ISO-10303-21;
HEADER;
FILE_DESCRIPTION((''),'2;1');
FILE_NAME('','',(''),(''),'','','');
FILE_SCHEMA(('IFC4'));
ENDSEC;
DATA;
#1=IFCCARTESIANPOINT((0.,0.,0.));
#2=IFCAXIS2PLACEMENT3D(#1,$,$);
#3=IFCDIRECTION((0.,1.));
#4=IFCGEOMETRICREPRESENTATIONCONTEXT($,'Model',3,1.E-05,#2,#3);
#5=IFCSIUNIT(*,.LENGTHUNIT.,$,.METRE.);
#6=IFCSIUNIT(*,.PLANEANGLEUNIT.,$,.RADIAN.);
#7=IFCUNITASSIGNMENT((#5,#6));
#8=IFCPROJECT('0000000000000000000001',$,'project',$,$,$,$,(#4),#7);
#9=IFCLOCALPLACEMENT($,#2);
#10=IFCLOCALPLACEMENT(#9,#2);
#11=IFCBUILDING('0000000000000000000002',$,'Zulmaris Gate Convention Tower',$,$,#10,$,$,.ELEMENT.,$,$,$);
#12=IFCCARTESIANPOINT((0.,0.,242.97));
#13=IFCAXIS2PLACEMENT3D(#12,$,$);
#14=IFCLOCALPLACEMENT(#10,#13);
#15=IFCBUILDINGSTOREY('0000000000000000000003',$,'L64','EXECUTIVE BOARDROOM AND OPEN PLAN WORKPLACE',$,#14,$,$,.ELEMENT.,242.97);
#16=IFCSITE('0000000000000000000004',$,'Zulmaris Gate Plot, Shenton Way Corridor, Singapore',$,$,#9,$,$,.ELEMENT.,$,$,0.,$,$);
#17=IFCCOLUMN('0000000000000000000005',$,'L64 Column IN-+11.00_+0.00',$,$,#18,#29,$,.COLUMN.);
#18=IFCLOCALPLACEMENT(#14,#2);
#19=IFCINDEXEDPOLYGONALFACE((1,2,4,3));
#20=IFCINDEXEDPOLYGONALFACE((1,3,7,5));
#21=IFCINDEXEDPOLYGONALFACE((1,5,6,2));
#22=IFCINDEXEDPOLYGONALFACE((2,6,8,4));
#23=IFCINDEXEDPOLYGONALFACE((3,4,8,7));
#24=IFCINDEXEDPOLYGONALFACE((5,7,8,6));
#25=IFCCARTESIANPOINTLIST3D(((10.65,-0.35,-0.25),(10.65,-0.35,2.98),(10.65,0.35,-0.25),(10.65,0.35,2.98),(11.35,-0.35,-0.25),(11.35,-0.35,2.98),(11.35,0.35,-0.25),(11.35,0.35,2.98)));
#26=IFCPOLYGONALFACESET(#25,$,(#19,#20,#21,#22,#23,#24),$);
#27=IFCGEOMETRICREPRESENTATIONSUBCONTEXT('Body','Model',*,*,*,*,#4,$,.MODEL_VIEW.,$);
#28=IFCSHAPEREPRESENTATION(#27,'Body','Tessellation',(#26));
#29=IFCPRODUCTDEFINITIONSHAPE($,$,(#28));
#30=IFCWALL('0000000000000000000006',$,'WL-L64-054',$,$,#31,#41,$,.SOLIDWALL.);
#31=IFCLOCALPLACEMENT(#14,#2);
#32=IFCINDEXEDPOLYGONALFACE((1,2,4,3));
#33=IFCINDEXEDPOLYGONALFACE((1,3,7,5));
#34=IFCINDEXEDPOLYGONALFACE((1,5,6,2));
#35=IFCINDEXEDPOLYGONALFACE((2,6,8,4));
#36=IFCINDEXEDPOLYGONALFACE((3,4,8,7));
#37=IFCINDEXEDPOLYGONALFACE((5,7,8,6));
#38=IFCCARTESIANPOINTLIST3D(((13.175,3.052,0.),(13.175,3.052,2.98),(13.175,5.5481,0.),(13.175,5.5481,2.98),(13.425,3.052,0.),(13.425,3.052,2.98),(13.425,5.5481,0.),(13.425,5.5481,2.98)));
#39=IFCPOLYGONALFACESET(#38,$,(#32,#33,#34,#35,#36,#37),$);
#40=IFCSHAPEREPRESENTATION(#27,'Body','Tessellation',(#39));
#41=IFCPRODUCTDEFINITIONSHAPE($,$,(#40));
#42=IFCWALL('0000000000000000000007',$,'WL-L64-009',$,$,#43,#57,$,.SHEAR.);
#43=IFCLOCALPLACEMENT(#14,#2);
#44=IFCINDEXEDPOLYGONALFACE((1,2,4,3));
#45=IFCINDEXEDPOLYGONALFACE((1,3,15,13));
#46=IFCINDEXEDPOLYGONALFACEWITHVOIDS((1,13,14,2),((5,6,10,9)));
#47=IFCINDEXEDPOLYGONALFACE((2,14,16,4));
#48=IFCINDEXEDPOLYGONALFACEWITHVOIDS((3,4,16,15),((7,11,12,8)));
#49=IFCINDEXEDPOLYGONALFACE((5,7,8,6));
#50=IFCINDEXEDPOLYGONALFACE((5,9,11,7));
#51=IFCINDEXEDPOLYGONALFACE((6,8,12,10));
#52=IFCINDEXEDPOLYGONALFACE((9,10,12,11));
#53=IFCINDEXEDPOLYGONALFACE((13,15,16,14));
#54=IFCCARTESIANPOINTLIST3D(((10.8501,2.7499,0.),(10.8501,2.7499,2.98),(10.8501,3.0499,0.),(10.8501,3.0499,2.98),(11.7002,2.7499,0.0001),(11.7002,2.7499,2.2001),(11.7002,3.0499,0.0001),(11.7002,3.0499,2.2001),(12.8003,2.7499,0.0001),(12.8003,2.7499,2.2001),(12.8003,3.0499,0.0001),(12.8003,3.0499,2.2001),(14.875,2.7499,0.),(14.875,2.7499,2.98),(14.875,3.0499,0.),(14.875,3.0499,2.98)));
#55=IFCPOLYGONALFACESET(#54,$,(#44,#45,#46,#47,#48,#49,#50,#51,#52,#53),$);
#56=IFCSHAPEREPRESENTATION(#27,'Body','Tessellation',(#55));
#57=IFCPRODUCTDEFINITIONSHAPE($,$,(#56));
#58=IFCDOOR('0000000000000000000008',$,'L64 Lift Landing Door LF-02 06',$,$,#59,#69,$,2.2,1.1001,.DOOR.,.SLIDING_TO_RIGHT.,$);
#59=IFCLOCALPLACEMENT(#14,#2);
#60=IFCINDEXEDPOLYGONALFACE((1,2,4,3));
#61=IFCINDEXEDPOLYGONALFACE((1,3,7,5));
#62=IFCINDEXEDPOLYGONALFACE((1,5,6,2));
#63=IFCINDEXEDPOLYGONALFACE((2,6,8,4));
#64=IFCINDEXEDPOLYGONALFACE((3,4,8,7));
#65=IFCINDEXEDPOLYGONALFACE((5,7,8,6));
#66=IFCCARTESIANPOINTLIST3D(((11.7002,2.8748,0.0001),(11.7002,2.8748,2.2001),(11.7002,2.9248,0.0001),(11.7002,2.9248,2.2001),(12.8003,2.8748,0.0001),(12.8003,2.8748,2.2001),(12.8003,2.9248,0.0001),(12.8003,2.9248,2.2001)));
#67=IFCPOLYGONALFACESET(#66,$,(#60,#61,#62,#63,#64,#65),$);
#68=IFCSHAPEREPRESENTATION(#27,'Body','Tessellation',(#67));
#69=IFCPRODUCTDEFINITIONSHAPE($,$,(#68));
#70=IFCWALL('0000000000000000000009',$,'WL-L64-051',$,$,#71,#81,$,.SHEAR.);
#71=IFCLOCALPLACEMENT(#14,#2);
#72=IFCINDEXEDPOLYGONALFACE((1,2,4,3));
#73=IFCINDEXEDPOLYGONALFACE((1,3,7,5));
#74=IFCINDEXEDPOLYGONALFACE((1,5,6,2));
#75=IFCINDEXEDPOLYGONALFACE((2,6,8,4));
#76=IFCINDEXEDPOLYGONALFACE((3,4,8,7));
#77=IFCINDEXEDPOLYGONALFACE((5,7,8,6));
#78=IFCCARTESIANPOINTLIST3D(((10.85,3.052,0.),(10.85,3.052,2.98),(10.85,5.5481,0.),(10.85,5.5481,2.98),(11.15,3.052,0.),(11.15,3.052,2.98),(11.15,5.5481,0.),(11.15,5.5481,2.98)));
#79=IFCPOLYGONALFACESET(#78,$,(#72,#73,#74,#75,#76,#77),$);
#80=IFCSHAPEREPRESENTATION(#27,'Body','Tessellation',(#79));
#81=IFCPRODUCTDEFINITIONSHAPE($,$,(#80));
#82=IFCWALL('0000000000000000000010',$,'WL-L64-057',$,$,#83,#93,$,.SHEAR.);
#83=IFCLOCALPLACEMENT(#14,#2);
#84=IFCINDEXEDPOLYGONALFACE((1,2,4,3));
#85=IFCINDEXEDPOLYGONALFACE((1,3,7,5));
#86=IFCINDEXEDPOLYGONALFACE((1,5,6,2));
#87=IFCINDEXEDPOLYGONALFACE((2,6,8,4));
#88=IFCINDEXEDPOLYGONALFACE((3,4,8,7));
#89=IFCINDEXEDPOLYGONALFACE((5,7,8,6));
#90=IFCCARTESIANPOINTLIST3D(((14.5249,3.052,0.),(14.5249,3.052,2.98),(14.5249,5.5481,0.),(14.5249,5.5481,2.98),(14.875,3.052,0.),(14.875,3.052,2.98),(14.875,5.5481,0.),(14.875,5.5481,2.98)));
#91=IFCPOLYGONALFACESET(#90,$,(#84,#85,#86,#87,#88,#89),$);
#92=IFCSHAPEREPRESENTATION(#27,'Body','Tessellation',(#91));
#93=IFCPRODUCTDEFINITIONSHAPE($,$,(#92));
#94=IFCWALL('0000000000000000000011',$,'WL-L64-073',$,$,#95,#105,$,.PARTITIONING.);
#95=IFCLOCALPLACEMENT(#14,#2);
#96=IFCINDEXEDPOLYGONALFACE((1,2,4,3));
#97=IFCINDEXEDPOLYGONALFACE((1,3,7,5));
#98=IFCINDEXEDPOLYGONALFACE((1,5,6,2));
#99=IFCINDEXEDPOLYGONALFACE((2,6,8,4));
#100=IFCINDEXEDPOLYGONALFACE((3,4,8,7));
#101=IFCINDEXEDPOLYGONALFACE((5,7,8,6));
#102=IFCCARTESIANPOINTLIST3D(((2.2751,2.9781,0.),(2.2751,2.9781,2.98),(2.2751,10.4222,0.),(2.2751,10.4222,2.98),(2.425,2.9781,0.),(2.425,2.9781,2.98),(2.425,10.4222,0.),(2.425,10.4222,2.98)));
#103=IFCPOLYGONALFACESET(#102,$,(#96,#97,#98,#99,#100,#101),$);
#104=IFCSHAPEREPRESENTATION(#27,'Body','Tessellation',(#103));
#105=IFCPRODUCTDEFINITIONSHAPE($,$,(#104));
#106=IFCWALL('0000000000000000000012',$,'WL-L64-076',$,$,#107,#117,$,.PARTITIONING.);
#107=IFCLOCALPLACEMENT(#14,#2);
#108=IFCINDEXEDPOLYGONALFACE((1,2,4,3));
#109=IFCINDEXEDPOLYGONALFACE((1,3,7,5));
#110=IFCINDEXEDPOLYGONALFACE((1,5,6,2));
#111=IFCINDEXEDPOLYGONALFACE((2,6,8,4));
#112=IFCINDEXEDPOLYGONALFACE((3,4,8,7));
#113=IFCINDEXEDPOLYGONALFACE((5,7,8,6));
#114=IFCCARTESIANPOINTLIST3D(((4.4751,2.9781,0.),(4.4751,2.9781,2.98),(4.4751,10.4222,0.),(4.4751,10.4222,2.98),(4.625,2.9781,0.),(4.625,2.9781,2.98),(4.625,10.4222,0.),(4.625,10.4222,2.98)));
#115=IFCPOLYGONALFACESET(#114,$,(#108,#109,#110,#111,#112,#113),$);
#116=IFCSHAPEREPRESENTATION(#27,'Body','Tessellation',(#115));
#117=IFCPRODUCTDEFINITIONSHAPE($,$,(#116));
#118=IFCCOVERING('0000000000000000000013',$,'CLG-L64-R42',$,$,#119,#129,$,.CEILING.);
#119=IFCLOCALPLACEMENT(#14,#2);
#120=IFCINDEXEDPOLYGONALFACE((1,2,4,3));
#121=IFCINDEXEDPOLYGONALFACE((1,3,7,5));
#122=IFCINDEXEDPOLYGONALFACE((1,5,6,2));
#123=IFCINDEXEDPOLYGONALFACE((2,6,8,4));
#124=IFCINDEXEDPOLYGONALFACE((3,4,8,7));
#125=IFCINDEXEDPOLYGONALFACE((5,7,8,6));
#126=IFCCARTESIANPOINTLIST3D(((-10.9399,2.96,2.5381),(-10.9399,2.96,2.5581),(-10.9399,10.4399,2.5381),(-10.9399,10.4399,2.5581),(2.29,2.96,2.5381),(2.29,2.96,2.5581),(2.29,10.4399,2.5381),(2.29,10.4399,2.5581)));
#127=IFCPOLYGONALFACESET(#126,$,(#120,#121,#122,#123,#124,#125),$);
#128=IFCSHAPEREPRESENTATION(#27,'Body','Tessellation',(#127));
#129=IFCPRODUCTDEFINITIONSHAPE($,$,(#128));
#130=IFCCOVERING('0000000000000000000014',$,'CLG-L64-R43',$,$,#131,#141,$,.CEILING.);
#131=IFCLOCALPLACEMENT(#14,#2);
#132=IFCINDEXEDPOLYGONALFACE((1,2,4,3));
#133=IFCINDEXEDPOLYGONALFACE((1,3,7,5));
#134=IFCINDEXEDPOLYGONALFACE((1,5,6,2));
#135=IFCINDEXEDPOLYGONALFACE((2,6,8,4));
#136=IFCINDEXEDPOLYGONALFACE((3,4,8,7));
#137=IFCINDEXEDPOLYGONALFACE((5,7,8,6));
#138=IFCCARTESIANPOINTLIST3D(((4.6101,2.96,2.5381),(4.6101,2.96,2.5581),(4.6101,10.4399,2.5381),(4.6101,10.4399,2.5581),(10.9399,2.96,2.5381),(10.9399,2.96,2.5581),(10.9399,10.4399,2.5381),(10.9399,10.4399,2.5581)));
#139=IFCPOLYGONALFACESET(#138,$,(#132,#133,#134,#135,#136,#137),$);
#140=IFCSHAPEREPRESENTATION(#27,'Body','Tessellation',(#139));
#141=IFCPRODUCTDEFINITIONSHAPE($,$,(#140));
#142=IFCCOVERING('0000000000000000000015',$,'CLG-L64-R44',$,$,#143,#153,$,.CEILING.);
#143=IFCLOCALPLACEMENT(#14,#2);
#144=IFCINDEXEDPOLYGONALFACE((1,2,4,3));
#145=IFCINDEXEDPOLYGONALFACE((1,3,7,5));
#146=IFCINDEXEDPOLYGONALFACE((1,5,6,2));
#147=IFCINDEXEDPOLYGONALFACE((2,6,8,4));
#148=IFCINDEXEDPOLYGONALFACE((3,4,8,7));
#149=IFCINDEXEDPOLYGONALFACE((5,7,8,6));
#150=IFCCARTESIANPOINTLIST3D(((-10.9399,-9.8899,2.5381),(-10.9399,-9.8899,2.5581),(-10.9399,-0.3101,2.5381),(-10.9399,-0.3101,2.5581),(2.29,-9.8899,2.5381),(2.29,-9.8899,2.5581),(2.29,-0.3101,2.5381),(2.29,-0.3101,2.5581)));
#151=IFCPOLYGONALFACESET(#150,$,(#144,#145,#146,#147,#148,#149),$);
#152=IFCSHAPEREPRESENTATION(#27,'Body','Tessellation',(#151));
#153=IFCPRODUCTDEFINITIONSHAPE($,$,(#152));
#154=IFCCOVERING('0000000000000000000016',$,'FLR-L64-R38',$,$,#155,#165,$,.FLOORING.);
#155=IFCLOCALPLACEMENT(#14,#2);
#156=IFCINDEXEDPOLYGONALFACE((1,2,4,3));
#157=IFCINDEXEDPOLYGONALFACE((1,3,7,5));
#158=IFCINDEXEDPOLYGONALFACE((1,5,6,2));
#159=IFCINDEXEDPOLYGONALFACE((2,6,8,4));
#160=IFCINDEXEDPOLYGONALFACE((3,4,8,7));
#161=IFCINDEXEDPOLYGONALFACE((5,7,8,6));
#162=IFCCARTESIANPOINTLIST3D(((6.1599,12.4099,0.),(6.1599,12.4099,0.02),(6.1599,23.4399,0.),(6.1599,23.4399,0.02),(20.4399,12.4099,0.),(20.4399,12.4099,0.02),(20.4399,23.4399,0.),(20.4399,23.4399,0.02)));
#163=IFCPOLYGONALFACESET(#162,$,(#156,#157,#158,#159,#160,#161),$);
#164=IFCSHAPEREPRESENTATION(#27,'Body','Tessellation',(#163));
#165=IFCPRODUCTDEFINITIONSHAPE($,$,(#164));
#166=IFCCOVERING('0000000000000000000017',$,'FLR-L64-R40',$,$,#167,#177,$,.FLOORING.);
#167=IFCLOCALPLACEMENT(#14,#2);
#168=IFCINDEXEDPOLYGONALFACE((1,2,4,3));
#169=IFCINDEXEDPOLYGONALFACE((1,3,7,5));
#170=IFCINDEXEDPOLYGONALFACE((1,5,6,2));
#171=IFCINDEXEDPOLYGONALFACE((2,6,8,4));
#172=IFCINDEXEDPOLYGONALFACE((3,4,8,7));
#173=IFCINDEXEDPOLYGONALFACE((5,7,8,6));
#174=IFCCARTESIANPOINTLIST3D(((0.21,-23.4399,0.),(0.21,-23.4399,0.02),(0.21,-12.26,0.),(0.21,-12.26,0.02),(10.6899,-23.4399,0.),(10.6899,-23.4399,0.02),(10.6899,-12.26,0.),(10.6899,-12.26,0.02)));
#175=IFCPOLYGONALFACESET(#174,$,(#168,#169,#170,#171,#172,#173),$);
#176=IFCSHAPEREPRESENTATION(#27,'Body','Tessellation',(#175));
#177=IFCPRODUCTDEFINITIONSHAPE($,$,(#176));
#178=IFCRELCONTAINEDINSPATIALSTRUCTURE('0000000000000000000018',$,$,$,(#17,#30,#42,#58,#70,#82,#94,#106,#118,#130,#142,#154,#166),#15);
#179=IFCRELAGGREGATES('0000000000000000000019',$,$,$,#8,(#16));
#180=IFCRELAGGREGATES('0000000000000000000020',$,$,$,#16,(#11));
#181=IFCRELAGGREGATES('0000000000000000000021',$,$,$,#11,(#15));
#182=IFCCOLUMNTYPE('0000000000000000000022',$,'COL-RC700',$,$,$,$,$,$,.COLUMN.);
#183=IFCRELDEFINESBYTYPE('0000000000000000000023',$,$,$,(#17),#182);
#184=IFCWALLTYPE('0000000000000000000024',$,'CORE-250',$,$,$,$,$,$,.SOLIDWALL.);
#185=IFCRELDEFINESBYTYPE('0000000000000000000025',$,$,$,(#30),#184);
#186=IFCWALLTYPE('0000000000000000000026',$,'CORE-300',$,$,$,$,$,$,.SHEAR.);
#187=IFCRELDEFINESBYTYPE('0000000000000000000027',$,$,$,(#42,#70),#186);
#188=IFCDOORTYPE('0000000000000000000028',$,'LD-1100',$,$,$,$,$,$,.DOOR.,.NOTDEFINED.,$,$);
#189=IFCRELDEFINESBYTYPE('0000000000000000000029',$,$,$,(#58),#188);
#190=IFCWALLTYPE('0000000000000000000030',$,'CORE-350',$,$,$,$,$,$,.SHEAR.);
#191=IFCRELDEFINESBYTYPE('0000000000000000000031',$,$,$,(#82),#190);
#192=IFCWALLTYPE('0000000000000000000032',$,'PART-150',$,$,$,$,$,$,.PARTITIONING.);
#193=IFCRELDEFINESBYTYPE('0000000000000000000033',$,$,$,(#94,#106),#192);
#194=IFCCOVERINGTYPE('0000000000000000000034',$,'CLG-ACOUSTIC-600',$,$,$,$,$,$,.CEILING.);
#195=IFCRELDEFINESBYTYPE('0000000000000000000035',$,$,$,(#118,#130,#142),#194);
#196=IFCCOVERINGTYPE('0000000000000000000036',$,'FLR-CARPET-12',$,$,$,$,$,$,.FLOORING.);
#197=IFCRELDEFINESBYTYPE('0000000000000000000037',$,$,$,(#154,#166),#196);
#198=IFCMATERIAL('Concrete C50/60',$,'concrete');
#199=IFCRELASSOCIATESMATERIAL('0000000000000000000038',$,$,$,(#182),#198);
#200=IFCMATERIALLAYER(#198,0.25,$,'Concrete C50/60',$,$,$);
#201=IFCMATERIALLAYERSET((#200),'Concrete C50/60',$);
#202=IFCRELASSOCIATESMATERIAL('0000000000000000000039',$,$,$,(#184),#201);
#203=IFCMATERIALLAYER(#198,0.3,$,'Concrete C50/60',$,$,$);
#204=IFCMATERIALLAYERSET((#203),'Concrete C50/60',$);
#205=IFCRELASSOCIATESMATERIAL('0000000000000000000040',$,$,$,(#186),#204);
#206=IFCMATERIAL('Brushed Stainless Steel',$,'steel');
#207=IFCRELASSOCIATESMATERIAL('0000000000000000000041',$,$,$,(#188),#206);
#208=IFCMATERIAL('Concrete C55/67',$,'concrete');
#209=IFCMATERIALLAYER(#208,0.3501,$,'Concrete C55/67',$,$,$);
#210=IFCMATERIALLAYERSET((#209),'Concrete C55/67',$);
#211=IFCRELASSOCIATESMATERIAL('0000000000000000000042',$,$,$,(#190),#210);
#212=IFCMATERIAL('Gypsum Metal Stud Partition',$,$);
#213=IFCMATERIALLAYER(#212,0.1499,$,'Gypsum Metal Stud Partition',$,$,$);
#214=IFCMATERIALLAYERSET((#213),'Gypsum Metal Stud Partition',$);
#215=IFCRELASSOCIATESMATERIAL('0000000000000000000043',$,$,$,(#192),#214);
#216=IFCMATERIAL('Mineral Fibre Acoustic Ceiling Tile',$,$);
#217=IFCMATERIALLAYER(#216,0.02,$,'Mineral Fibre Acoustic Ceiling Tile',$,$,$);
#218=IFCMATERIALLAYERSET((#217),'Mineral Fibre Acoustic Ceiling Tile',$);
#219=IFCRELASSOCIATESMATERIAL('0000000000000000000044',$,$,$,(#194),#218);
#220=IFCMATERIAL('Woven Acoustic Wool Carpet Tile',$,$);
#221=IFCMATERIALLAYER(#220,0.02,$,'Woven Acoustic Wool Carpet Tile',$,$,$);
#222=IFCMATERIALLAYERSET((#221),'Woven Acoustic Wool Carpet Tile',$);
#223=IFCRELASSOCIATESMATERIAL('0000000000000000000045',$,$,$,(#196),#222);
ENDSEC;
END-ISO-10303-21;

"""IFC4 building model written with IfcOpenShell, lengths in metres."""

from ifc_helpers import new_model, si_unit, direction, frame, frame_2d, origin, origin_2d, place, context, subcontext, project, spatial, polyline, rectangle, outline, extrude, material, layer, layer_set, material_profile, profile_set, type_object, element, fill, save


model = new_model("IFC4")

# Units and contexts
model_context = context("Model", 3, precision=1e-05, world=origin(), true_north=direction((0.0, 1.0)))
body_context = subcontext(model_context, "Body", "Model", "MODEL_VIEW")
ifc_project = project(units=[si_unit("LENGTHUNIT", "METRE"), si_unit("PLANEANGLEUNIT", "RADIAN")], contexts=[model_context])

# Site, building, storey
site_placement = place(None, origin())
site = spatial("IfcSite", under=ifc_project, at=site_placement, Name="Zulmaris Gate Plot, Shenton Way Corridor, Singapore", CompositionType="ELEMENT", RefElevation=0.0)
building_placement = place(site_placement, origin())
building = spatial("IfcBuilding", under=site, at=building_placement, Name="Zulmaris Gate Convention Tower", CompositionType="ELEMENT")
storey_placement = place(building_placement, frame((0.0, 0.0, 242.97)))
storey = spatial("IfcBuildingStorey", under=building, at=storey_placement, Name="L64", Description="EXECUTIVE BOARDROOM AND OPEN PLAN WORKPLACE", CompositionType="ELEMENT", Elevation=242.97)

# Column
ifc_material_1 = material(Name="Concrete C50/60", Category="concrete")
ifc_material_profile = material_profile(ifc_material_1, rectangle(XDim=0.7, YDim=0.7, at=origin_2d()), Name="RC COL 700x700")
ifc_profile_set = profile_set([ifc_material_profile], Name="Concrete C50/60")
column_type = type_object("IfcColumnType", Name="COL-RC700", PredefinedType="COLUMN", material=ifc_profile_set)
column_placement = place(storey_placement, frame((11.0, 0.0, -0.25), z_axis=(0.0, 0.0, 1.0), x_axis=(1.0, 0.0, 0.0)))
element("IfcColumn", 1, at=column_placement, inside=storey, type_object=column_type, Name="L64 Column IN-+11.00_+0.00", PredefinedType="COLUMN", context=body_context, shape_type="SweptSolid", body=[
    extrude(rectangle(XDim=0.7, YDim=0.7, at=origin_2d()), origin(), (0.0, 0.0, 1.0), 3.23),
])

# Wall
ifc_layer_1 = layer(ifc_material_1, 0.25, Name="Concrete C50/60")
ifc_layer_set_1 = layer_set([ifc_layer_1], Name="Concrete C50/60")
wall_type_1 = type_object("IfcWallType", Name="CORE-250", PredefinedType="SOLIDWALL", material=ifc_layer_set_1)
wall_1_placement = place(storey_placement, frame((13.3, 3.052, 0.0), z_axis=(0.0, 0.0, 1.0), x_axis=(0.0, 1.0, 0.0)))
element("IfcWall", 2, at=wall_1_placement, inside=storey, type_object=wall_type_1, Name="WL-L64-054", PredefinedType="SOLIDWALL", context=body_context, shape_type="SweptSolid", body=[
    extrude(rectangle(XDim=2.4961, YDim=0.25, at=frame_2d((1.248, 0.0))), origin(), (0.0, 0.0, 1.0), 2.98),
])

# Wall, opening, door
ifc_layer_2 = layer(ifc_material_1, 0.3, Name="Concrete C50/60")
ifc_layer_set_2 = layer_set([ifc_layer_2], Name="Concrete C50/60")
wall_type_2 = type_object("IfcWallType", Name="CORE-300", PredefinedType="SHEAR", material=ifc_layer_set_2)
wall_2_placement = place(storey_placement, frame((10.8501, 2.8999, 0.0), z_axis=(0.0, 0.0, 1.0), x_axis=(1.0, 0.0, 0.0)))
wall_2 = element("IfcWall", 3, at=wall_2_placement, inside=storey, type_object=wall_type_2, Name="WL-L64-009", PredefinedType="SHEAR", context=body_context, shape_type="SweptSolid", body=[
    extrude(rectangle(XDim=4.0249, YDim=0.3, at=frame_2d((2.0125, 0.0))), origin(), (0.0, 0.0, 1.0), 2.98),
])
opening_1_placement = place(wall_2_placement, frame((0.8501, 0.0, 0.0)))
opening_1 = element("IfcOpeningElement", 4, at=opening_1_placement, cuts=wall_2, PredefinedType="OPENING", context=body_context, shape_type="SweptSolid", body=[
    extrude(rectangle(XDim=1.1001, YDim=2.2, at=frame_2d((0.55, 1.1001))), frame((0.0, 0.1602, 0.0), z_axis=(0.0, -1.0, 0.0), x_axis=(1.0, 0.0, 0.0)), (0.0, 0.0, 1.0), 0.3201),
])
ifc_material_2 = material(Name="Brushed Stainless Steel", Category="steel")
door_type_1 = type_object("IfcDoorType", Name="LD-1100", OperationType="NOTDEFINED", PredefinedType="DOOR", material=ifc_material_2)
door_1_placement = place(opening_1_placement, origin())
door_1 = element("IfcDoor", 5, at=door_1_placement, inside=storey, type_object=door_type_1, Name="L64 Lift Landing Door LF-02 06", OperationType="SLIDING_TO_RIGHT", OverallHeight=2.2, OverallWidth=1.1001, PredefinedType="DOOR", context=body_context, shape_type="SweptSolid", body=[
    extrude(rectangle(XDim=1.1001, YDim=2.2, at=frame_2d((0.55, 1.1001))), frame((0.0, 0.0249, 0.0), z_axis=(0.0, -1.0, 0.0), x_axis=(1.0, 0.0, 0.0)), (0.0, 0.0, 1.0), 0.05),
])
fill(opening_1, door_1)

# Walls
wall_3_placement = place(storey_placement, frame((11.0, 3.052, 0.0), z_axis=(0.0, 0.0, 1.0), x_axis=(0.0, 1.0, 0.0)))
element("IfcWall", 6, at=wall_3_placement, inside=storey, type_object=wall_type_2, Name="WL-L64-051", PredefinedType="SHEAR", context=body_context, shape_type="SweptSolid", body=[
    extrude(rectangle(XDim=2.4961, YDim=0.3, at=frame_2d((1.248, 0.0))), origin(), (0.0, 0.0, 1.0), 2.98),
])
ifc_material_3 = material(Name="Concrete C55/67", Category="concrete")
ifc_layer_3 = layer(ifc_material_3, 0.3501, Name="Concrete C55/67")
ifc_layer_set_3 = layer_set([ifc_layer_3], Name="Concrete C55/67")
wall_type_3 = type_object("IfcWallType", Name="CORE-350", PredefinedType="SHEAR", material=ifc_layer_set_3)
wall_4_placement = place(storey_placement, frame((14.7, 3.052, 0.0), z_axis=(0.0, 0.0, 1.0), x_axis=(0.0, 1.0, 0.0)))
element("IfcWall", 7, at=wall_4_placement, inside=storey, type_object=wall_type_3, Name="WL-L64-057", PredefinedType="SHEAR", context=body_context, shape_type="SweptSolid", body=[
    extrude(rectangle(XDim=2.4961, YDim=0.3501, at=frame_2d((1.248, 0.0))), origin(), (0.0, 0.0, 1.0), 2.98),
])
ifc_material_4 = material(Name="Gypsum Metal Stud Partition")
ifc_layer_4 = layer(ifc_material_4, 0.1499, Name="Gypsum Metal Stud Partition")
ifc_layer_set_4 = layer_set([ifc_layer_4], Name="Gypsum Metal Stud Partition")
wall_type_4 = type_object("IfcWallType", Name="PART-150", PredefinedType="PARTITIONING", material=ifc_layer_set_4)
for number, where, z_axis, x_axis, name in (
    (8, (2.3501, 2.978, 0.0), (0.0, 0.0, 1.0), (0.0, 1.0, 0.0), "WL-L64-073"),
    (9, (4.55, 2.978, 0.0), (0.0, 0.0, 1.0), (0.0, 1.0, 0.0), "WL-L64-076"),
):
    element("IfcWall", number, at=place(storey_placement, frame(where, z_axis=z_axis, x_axis=x_axis)), inside=storey, type_object=wall_type_4, Name=name, PredefinedType="PARTITIONING", context=body_context, shape_type="SweptSolid", body=[
        extrude(rectangle(XDim=7.4441, YDim=0.1499, at=frame_2d((3.7222, 0.0))), origin(), (0.0, 0.0, 1.0), 2.98),
    ])

# Coverings
ifc_material_5 = material(Name="Mineral Fibre Acoustic Ceiling Tile")
ifc_layer_5 = layer(ifc_material_5, 0.02, Name="Mineral Fibre Acoustic Ceiling Tile")
ifc_layer_set_5 = layer_set([ifc_layer_5], Name="Mineral Fibre Acoustic Ceiling Tile")
covering_type_1 = type_object("IfcCoveringType", Name="CLG-ACOUSTIC-600", PredefinedType="CEILING", material=ifc_layer_set_5)
covering_1_placement = place(storey_placement, frame((0.0, 0.0, 2.5381)))
element("IfcCovering", 10, at=covering_1_placement, inside=storey, type_object=covering_type_1, Name="CLG-L64-R42", PredefinedType="CEILING", context=body_context, shape_type="SweptSolid", body=[
    extrude(outline(polyline([(-10.9399, 2.96), (2.29, 2.96), (2.29, 10.4399), (-10.9399, 10.4399), (-10.9399, 2.96)])), origin(), (0.0, 0.0, 1.0), 0.02),
])
covering_2_placement = place(storey_placement, frame((0.0, 0.0, 2.5381)))
element("IfcCovering", 11, at=covering_2_placement, inside=storey, type_object=covering_type_1, Name="CLG-L64-R43", PredefinedType="CEILING", context=body_context, shape_type="SweptSolid", body=[
    extrude(outline(polyline([(4.6101, 2.96), (10.9399, 2.96), (10.9399, 10.4399), (4.6101, 10.4399), (4.6101, 2.96)])), origin(), (0.0, 0.0, 1.0), 0.02),
])
covering_3_placement = place(storey_placement, frame((0.0, 0.0, 2.5381)))
element("IfcCovering", 12, at=covering_3_placement, inside=storey, type_object=covering_type_1, Name="CLG-L64-R44", PredefinedType="CEILING", context=body_context, shape_type="SweptSolid", body=[
    extrude(outline(polyline([(-10.9399, -9.8899), (2.29, -9.8899), (2.29, -0.3101), (-10.9399, -0.3101), (-10.9399, -9.8899)])), origin(), (0.0, 0.0, 1.0), 0.02),
])
ifc_material_6 = material(Name="Woven Acoustic Wool Carpet Tile")
ifc_layer_6 = layer(ifc_material_6, 0.02, Name="Woven Acoustic Wool Carpet Tile")
ifc_layer_set_6 = layer_set([ifc_layer_6], Name="Woven Acoustic Wool Carpet Tile")
covering_type_2 = type_object("IfcCoveringType", Name="FLR-CARPET-12", PredefinedType="FLOORING", material=ifc_layer_set_6)
covering_4_placement = place(storey_placement, origin())
element("IfcCovering", 13, at=covering_4_placement, inside=storey, type_object=covering_type_2, Name="FLR-L64-R38", PredefinedType="FLOORING", context=body_context, shape_type="SweptSolid", body=[
    extrude(outline(polyline([(6.1599, 12.4099), (20.4399, 12.4099), (20.4399, 23.4399), (6.1599, 23.4399), (6.1599, 12.4099)])), origin(), (0.0, 0.0, 1.0), 0.02),
])
covering_5_placement = place(storey_placement, origin())
element("IfcCovering", 14, at=covering_5_placement, inside=storey, type_object=covering_type_2, Name="FLR-L64-R40", PredefinedType="FLOORING", context=body_context, shape_type="SweptSolid", body=[
    extrude(outline(polyline([(0.21, -23.4399), (10.6899, -23.4399), (10.6899, -12.26), (0.21, -12.26), (0.21, -23.4399)])), origin(), (0.0, 0.0, 1.0), 0.02),
])

save(model, "model.ifc")
